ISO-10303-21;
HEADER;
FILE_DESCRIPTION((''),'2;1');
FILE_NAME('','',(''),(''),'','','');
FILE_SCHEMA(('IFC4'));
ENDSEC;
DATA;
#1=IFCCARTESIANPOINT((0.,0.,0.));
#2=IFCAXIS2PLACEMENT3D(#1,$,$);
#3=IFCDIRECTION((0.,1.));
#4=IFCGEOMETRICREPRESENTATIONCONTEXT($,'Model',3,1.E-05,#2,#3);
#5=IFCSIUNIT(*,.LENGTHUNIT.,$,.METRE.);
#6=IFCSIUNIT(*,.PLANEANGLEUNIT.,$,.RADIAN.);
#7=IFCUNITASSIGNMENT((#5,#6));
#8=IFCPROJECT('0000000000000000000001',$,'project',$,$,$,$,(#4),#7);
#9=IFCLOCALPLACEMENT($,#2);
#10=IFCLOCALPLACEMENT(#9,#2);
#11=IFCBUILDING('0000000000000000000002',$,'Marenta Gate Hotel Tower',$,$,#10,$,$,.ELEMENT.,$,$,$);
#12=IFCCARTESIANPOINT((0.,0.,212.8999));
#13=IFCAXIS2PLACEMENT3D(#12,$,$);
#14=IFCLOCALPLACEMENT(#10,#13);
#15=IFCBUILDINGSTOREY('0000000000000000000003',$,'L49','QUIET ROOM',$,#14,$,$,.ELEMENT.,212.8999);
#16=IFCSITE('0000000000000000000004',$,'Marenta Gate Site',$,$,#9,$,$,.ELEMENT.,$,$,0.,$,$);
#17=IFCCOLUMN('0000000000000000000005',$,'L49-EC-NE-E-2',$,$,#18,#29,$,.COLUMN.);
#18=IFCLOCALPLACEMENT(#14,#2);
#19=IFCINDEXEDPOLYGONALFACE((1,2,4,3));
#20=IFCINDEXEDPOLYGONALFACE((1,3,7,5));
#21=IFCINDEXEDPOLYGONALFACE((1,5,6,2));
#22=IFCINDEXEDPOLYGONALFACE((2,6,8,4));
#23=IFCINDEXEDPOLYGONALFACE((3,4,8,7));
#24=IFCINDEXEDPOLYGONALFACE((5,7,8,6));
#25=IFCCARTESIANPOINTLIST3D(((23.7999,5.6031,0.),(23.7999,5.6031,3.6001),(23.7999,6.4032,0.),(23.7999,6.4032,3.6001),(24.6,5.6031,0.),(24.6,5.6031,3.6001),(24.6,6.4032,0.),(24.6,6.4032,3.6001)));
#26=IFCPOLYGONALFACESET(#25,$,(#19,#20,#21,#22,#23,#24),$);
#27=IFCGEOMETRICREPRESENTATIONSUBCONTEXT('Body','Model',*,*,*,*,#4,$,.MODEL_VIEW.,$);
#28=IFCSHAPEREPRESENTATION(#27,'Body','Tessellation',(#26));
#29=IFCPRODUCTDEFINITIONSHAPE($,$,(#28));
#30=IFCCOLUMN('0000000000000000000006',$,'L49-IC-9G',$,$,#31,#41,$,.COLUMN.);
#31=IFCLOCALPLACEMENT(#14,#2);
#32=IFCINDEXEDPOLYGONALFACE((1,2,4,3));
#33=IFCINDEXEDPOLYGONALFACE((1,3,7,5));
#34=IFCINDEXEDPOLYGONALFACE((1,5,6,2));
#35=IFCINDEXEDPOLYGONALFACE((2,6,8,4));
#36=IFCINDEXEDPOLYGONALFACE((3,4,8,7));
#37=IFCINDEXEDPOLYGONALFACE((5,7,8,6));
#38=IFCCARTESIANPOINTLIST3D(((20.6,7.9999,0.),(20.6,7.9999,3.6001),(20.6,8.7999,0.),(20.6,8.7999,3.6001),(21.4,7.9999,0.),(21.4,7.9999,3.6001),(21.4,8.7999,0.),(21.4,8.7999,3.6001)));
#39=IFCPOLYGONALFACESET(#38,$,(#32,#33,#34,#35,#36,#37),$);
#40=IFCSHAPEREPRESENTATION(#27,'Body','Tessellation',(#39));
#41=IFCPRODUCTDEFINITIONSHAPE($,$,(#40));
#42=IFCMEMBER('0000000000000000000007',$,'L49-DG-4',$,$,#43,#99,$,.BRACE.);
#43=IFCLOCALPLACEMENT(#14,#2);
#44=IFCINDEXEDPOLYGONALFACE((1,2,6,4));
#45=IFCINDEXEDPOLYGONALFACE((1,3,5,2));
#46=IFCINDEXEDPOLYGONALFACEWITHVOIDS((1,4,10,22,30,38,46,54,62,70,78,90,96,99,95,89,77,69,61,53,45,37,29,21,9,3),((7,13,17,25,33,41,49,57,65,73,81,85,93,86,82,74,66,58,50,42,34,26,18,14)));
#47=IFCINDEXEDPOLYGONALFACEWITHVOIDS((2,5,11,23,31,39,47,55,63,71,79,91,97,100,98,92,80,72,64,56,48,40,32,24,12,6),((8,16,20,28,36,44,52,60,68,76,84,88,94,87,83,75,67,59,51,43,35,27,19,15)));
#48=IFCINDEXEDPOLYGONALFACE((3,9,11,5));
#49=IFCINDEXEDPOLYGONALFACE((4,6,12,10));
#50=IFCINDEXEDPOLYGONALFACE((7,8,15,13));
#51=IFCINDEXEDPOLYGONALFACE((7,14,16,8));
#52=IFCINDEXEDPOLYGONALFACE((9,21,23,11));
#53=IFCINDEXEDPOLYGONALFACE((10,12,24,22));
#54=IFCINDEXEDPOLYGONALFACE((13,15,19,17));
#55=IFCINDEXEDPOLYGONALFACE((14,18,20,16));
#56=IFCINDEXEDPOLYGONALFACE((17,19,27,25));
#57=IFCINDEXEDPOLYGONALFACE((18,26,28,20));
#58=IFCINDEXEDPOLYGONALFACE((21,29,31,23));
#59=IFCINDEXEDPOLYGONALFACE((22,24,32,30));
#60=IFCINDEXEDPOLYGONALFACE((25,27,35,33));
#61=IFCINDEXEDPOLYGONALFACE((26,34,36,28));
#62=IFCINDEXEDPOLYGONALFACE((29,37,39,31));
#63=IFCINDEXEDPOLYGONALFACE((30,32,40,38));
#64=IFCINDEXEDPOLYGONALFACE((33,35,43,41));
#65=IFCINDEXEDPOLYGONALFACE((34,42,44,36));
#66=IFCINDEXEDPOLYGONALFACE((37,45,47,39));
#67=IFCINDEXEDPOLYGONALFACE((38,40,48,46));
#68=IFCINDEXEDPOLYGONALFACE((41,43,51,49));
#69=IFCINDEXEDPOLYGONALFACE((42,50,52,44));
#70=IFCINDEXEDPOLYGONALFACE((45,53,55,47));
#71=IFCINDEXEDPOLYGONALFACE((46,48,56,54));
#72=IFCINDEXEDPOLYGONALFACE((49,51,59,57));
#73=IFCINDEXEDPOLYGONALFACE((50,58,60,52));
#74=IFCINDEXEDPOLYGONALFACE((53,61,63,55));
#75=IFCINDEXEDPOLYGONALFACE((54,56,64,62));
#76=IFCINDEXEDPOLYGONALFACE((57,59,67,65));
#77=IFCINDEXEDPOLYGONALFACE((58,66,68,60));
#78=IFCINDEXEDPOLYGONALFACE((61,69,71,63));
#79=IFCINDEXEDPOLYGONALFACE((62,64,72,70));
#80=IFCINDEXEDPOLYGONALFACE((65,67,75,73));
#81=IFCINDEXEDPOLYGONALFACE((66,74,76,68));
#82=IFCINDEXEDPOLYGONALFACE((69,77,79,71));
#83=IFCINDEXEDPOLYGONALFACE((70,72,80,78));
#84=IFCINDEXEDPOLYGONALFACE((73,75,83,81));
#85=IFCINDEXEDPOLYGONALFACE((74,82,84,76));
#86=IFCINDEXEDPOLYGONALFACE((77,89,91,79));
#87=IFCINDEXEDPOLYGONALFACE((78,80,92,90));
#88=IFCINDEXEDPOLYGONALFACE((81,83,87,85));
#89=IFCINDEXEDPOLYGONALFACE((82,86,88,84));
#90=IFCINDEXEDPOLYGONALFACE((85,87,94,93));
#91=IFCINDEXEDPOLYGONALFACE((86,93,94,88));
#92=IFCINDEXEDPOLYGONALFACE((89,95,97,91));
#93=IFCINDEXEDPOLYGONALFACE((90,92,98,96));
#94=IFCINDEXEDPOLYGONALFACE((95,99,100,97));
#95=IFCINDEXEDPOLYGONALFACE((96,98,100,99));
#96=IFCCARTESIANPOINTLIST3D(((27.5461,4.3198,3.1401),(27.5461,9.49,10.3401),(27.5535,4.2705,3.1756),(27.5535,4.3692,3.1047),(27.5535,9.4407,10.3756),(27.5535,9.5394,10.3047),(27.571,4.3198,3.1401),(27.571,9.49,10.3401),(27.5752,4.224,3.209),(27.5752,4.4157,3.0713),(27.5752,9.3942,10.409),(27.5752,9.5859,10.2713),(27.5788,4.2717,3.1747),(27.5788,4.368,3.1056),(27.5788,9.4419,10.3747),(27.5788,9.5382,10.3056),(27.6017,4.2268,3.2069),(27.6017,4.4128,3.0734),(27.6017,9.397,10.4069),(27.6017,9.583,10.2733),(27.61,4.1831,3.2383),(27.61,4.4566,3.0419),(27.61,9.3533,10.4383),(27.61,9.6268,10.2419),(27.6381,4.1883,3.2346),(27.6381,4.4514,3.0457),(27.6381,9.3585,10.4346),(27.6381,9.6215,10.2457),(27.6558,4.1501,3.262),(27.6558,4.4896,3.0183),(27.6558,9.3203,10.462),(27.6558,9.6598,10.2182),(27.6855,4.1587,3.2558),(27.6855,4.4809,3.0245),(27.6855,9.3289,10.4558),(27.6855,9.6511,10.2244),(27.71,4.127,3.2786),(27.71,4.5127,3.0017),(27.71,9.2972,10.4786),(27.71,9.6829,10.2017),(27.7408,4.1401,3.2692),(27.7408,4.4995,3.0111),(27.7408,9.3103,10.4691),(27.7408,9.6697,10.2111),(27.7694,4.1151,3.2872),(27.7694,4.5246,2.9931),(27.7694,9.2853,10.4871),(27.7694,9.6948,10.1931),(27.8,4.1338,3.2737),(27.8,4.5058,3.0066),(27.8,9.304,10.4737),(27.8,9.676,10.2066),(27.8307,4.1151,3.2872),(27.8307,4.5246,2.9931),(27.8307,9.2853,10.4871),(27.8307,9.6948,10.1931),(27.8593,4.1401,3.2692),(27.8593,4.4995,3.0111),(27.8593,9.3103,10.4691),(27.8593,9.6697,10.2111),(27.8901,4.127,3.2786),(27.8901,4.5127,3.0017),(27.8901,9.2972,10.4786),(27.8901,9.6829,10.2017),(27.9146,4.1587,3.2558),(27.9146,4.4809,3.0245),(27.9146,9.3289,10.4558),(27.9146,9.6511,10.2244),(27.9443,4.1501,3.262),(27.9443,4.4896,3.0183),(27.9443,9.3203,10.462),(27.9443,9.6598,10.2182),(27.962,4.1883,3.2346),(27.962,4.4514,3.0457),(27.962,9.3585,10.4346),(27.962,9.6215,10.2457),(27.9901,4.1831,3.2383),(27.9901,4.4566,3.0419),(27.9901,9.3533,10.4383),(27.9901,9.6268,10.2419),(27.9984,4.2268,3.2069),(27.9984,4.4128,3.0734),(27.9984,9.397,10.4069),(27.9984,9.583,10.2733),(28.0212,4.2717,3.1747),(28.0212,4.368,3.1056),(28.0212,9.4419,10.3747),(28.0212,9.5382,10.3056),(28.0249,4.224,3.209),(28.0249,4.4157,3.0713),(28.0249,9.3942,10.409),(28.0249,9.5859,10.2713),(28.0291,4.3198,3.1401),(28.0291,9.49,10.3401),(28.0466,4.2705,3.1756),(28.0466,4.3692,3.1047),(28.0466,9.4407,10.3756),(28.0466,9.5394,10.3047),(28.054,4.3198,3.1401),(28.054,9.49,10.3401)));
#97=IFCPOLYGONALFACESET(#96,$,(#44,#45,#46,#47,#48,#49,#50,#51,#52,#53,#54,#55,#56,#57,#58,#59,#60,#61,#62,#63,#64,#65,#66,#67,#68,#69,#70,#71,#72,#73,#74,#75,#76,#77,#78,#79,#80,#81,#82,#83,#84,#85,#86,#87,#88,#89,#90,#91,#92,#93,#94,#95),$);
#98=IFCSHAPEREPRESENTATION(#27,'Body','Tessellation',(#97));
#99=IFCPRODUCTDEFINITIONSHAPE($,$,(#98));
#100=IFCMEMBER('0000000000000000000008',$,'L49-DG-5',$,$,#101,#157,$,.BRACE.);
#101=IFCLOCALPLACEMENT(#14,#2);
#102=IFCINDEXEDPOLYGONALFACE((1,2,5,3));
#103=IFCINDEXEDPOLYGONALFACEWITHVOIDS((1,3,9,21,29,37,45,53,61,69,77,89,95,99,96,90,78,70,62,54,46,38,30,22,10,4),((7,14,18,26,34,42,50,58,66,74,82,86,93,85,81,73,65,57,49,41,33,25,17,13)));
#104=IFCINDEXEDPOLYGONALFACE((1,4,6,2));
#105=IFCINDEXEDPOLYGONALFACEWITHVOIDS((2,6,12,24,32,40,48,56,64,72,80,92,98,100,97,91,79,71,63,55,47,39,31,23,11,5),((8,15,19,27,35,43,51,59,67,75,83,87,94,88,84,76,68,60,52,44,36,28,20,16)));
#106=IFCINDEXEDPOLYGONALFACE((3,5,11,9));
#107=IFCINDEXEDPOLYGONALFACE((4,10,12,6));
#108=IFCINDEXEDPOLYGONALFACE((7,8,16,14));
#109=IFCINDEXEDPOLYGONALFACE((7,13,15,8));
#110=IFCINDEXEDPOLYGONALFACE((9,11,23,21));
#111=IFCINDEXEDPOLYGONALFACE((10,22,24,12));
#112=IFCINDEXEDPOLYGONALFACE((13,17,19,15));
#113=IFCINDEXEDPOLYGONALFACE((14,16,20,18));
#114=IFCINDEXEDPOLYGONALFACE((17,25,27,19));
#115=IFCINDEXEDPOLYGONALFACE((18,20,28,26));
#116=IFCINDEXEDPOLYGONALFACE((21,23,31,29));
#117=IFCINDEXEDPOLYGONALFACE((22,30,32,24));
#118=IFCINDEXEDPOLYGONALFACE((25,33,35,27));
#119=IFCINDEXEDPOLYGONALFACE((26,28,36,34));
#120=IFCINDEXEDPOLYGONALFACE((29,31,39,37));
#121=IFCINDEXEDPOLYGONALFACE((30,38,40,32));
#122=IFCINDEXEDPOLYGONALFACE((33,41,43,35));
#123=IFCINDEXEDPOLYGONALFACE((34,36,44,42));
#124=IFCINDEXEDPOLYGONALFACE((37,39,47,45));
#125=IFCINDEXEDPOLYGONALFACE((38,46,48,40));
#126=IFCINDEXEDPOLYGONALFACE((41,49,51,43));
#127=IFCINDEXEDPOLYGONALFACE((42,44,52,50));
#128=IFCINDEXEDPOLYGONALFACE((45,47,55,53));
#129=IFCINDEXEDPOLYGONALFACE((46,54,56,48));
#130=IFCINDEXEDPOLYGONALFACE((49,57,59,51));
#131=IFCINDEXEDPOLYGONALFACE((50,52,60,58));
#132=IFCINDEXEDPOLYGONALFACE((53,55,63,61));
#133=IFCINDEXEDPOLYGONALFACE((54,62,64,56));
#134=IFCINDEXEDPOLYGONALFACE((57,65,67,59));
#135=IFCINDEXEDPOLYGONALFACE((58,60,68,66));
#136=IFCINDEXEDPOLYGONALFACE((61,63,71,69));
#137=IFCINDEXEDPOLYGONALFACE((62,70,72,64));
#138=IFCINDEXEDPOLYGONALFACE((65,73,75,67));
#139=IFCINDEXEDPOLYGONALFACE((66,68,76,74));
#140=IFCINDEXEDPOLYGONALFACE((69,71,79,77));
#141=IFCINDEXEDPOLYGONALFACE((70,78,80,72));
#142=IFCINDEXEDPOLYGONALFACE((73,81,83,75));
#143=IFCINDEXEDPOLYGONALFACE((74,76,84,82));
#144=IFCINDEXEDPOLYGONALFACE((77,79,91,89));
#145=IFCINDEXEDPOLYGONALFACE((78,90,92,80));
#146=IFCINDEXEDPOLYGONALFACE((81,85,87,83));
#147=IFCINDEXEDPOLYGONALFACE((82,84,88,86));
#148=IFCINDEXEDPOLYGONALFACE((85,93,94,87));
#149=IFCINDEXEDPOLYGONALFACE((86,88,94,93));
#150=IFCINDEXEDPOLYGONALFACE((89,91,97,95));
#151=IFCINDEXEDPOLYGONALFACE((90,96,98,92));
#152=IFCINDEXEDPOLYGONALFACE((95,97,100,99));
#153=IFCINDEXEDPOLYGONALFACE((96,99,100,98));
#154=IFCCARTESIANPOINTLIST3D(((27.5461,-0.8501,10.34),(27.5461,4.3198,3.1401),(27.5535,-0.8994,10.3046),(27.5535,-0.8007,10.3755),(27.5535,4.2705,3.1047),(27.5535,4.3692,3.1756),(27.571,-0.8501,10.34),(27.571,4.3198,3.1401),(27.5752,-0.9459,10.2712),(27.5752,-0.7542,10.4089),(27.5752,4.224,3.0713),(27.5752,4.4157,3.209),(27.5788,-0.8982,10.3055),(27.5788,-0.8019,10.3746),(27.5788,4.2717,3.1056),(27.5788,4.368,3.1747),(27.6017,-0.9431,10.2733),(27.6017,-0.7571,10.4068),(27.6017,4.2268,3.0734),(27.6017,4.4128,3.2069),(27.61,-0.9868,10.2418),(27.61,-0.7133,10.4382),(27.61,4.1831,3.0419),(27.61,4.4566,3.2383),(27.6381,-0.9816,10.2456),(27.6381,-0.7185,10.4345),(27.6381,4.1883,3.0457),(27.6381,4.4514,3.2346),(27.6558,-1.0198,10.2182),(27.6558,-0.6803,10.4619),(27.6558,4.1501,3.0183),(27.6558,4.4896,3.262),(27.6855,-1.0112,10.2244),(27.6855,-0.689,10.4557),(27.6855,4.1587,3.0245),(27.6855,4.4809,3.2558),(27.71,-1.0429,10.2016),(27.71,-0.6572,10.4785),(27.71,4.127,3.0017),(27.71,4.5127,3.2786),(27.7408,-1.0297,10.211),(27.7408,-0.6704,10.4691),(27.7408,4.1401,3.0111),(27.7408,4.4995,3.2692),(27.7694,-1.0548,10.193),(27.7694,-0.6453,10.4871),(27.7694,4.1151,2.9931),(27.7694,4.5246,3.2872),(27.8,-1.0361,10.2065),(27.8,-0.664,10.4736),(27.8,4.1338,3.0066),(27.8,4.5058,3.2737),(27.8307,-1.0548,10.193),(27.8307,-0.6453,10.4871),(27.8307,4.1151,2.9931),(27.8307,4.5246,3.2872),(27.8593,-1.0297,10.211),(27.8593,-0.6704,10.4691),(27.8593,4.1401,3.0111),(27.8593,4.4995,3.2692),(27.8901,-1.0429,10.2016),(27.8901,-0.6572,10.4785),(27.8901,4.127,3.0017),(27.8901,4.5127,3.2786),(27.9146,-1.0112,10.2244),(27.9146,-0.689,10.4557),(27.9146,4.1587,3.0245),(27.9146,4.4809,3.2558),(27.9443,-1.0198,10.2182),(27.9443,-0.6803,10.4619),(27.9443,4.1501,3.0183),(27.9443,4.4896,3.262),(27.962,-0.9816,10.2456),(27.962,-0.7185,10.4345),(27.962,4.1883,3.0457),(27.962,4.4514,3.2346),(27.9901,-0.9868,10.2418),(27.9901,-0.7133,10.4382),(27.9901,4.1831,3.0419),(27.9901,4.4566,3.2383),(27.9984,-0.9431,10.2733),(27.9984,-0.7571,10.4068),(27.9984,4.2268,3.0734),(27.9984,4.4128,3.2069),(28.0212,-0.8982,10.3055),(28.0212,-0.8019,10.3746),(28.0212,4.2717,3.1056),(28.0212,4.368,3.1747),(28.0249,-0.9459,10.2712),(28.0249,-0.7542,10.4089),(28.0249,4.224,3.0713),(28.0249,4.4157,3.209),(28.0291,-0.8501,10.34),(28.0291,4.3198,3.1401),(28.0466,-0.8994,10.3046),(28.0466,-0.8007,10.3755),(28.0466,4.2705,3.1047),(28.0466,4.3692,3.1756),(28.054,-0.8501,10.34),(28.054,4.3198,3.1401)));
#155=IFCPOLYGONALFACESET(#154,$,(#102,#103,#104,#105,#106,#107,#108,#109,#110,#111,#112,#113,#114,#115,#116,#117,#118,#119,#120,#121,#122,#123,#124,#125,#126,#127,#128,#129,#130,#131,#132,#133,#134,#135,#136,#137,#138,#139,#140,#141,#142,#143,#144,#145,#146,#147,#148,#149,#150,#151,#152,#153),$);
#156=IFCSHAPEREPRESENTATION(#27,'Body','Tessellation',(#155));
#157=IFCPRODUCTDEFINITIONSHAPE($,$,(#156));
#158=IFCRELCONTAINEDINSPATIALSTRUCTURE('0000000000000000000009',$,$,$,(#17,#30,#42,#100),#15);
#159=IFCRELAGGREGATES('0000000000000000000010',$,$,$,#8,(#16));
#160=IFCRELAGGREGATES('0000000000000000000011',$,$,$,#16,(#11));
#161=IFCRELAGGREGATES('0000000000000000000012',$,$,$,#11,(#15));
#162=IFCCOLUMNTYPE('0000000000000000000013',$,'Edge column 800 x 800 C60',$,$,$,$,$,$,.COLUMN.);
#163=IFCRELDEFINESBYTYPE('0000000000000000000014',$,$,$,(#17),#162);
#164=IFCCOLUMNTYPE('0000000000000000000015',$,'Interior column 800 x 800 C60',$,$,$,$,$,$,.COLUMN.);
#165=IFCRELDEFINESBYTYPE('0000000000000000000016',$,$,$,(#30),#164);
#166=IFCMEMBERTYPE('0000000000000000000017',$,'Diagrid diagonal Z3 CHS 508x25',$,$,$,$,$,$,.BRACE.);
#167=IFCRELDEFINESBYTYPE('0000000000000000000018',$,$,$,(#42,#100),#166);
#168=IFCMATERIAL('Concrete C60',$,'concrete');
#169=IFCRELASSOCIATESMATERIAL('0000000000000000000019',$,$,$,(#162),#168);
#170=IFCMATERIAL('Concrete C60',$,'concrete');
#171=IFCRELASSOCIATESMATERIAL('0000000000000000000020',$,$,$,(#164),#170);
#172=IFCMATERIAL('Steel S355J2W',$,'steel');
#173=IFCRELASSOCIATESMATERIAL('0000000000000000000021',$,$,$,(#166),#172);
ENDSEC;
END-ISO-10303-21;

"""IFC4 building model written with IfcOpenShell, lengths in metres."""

from ifc_helpers import new_model, si_unit, direction, frame, origin, origin_2d, place, context, subcontext, project, spatial, rectangle, hollow_circle, extrude, material, material_profile, profile_set, type_object, element, save


model = new_model("IFC4")

# Units and contexts
model_context = context("Model", 3, precision=1e-05, world=origin(), true_north=direction((0.0, 1.0)))
body_context = subcontext(model_context, "Body", "Model", "MODEL_VIEW")
ifc_project = project(units=[si_unit("LENGTHUNIT", "METRE"), si_unit("PLANEANGLEUNIT", "RADIAN")], contexts=[model_context])

# Site, building, storey
site_placement = place(None, origin())
site = spatial("IfcSite", under=ifc_project, at=site_placement, Name="Marenta Gate Site", CompositionType="ELEMENT", RefElevation=0.0)
building_placement = place(site_placement, origin())
building = spatial("IfcBuilding", under=site, at=building_placement, Name="Marenta Gate Hotel Tower", CompositionType="ELEMENT")
storey_placement = place(building_placement, frame((0.0, 0.0, 212.8999)))
storey = spatial("IfcBuildingStorey", under=building, at=storey_placement, Name="L49", Description="QUIET ROOM", CompositionType="ELEMENT", Elevation=212.8999)

# Columns
ifc_material_1 = material(Name="Concrete C60", Category="concrete")
ifc_material_profile_1 = material_profile(ifc_material_1, rectangle(XDim=0.8, YDim=0.8, at=origin_2d()), Name="800 x 800")
ifc_profile_set_1 = profile_set([ifc_material_profile_1], Name="Concrete C60")
column_type_1 = type_object("IfcColumnType", Name="Edge column 800 x 800 C60", PredefinedType="COLUMN", material=ifc_profile_set_1)
column_1_placement = place(storey_placement, frame((24.2, 6.0032, 0.0), z_axis=(0.0, 0.0, 1.0), x_axis=(1.0, 0.0, 0.0)))
element("IfcColumn", 1, at=column_1_placement, inside=storey, type_object=column_type_1, Name="L49-EC-NE-E-2", PredefinedType="COLUMN", context=body_context, shape_type="SweptSolid", body=[
    extrude(rectangle(XDim=0.8, YDim=0.8, at=origin_2d()), origin(), (0.0, 0.0, 1.0), 3.6001),
])
ifc_material_2 = material(Name="Concrete C60", Category="concrete")
ifc_material_profile_2 = material_profile(ifc_material_2, rectangle(XDim=0.8, YDim=0.8, at=origin_2d()), Name="800 x 800")
ifc_profile_set_2 = profile_set([ifc_material_profile_2], Name="Concrete C60")
column_type_2 = type_object("IfcColumnType", Name="Interior column 800 x 800 C60", PredefinedType="COLUMN", material=ifc_profile_set_2)
column_2_placement = place(storey_placement, frame((21.0, 8.3999, 0.0), z_axis=(0.0, 0.0, 1.0), x_axis=(1.0, 0.0, 0.0)))
element("IfcColumn", 2, at=column_2_placement, inside=storey, type_object=column_type_2, Name="L49-IC-9G", PredefinedType="COLUMN", context=body_context, shape_type="SweptSolid", body=[
    extrude(rectangle(XDim=0.8, YDim=0.8, at=origin_2d()), origin(), (0.0, 0.0, 1.0), 3.6001),
])

# Members
ifc_material_3 = material(Name="Steel S355J2W", Category="steel")
ifc_material_profile_3 = material_profile(ifc_material_3, hollow_circle(Radius=0.2539, WallThickness=0.0249, at=origin_2d()), Name="CHS 508x25")
ifc_profile_set_3 = profile_set([ifc_material_profile_3], Name="Steel S355J2W")
member_type_1 = type_object("IfcMemberType", Name="Diagrid diagonal Z3 CHS 508x25", PredefinedType="BRACE", material=ifc_profile_set_3)
member_1_placement = place(storey_placement, frame((27.8, 4.3198, 3.1401), z_axis=(0.0, 0.583279, 0.812272), x_axis=(-1.0, 0.0, 0.0)))
element("IfcMember", 3, at=member_1_placement, inside=storey, type_object=member_type_1, Name="L49-DG-4", PredefinedType="BRACE", context=body_context, shape_type="SweptSolid", body=[
    extrude(hollow_circle(Radius=0.2539, WallThickness=0.0249, at=origin_2d()), origin(), (0.0, 0.0, 1.0), 8.864),
])
member_2_placement = place(storey_placement, frame((27.8, 4.3198, 3.1401), z_axis=(0.0, -0.583261, 0.812285), x_axis=(1.0, 0.0, 0.0)))
element("IfcMember", 4, at=member_2_placement, inside=storey, type_object=member_type_1, Name="L49-DG-5", PredefinedType="BRACE", context=body_context, shape_type="SweptSolid", body=[
    extrude(hollow_circle(Radius=0.2539, WallThickness=0.0249, at=origin_2d()), origin(), (0.0, 0.0, 1.0), 8.8638),
])

save(model, "model.ifc")
